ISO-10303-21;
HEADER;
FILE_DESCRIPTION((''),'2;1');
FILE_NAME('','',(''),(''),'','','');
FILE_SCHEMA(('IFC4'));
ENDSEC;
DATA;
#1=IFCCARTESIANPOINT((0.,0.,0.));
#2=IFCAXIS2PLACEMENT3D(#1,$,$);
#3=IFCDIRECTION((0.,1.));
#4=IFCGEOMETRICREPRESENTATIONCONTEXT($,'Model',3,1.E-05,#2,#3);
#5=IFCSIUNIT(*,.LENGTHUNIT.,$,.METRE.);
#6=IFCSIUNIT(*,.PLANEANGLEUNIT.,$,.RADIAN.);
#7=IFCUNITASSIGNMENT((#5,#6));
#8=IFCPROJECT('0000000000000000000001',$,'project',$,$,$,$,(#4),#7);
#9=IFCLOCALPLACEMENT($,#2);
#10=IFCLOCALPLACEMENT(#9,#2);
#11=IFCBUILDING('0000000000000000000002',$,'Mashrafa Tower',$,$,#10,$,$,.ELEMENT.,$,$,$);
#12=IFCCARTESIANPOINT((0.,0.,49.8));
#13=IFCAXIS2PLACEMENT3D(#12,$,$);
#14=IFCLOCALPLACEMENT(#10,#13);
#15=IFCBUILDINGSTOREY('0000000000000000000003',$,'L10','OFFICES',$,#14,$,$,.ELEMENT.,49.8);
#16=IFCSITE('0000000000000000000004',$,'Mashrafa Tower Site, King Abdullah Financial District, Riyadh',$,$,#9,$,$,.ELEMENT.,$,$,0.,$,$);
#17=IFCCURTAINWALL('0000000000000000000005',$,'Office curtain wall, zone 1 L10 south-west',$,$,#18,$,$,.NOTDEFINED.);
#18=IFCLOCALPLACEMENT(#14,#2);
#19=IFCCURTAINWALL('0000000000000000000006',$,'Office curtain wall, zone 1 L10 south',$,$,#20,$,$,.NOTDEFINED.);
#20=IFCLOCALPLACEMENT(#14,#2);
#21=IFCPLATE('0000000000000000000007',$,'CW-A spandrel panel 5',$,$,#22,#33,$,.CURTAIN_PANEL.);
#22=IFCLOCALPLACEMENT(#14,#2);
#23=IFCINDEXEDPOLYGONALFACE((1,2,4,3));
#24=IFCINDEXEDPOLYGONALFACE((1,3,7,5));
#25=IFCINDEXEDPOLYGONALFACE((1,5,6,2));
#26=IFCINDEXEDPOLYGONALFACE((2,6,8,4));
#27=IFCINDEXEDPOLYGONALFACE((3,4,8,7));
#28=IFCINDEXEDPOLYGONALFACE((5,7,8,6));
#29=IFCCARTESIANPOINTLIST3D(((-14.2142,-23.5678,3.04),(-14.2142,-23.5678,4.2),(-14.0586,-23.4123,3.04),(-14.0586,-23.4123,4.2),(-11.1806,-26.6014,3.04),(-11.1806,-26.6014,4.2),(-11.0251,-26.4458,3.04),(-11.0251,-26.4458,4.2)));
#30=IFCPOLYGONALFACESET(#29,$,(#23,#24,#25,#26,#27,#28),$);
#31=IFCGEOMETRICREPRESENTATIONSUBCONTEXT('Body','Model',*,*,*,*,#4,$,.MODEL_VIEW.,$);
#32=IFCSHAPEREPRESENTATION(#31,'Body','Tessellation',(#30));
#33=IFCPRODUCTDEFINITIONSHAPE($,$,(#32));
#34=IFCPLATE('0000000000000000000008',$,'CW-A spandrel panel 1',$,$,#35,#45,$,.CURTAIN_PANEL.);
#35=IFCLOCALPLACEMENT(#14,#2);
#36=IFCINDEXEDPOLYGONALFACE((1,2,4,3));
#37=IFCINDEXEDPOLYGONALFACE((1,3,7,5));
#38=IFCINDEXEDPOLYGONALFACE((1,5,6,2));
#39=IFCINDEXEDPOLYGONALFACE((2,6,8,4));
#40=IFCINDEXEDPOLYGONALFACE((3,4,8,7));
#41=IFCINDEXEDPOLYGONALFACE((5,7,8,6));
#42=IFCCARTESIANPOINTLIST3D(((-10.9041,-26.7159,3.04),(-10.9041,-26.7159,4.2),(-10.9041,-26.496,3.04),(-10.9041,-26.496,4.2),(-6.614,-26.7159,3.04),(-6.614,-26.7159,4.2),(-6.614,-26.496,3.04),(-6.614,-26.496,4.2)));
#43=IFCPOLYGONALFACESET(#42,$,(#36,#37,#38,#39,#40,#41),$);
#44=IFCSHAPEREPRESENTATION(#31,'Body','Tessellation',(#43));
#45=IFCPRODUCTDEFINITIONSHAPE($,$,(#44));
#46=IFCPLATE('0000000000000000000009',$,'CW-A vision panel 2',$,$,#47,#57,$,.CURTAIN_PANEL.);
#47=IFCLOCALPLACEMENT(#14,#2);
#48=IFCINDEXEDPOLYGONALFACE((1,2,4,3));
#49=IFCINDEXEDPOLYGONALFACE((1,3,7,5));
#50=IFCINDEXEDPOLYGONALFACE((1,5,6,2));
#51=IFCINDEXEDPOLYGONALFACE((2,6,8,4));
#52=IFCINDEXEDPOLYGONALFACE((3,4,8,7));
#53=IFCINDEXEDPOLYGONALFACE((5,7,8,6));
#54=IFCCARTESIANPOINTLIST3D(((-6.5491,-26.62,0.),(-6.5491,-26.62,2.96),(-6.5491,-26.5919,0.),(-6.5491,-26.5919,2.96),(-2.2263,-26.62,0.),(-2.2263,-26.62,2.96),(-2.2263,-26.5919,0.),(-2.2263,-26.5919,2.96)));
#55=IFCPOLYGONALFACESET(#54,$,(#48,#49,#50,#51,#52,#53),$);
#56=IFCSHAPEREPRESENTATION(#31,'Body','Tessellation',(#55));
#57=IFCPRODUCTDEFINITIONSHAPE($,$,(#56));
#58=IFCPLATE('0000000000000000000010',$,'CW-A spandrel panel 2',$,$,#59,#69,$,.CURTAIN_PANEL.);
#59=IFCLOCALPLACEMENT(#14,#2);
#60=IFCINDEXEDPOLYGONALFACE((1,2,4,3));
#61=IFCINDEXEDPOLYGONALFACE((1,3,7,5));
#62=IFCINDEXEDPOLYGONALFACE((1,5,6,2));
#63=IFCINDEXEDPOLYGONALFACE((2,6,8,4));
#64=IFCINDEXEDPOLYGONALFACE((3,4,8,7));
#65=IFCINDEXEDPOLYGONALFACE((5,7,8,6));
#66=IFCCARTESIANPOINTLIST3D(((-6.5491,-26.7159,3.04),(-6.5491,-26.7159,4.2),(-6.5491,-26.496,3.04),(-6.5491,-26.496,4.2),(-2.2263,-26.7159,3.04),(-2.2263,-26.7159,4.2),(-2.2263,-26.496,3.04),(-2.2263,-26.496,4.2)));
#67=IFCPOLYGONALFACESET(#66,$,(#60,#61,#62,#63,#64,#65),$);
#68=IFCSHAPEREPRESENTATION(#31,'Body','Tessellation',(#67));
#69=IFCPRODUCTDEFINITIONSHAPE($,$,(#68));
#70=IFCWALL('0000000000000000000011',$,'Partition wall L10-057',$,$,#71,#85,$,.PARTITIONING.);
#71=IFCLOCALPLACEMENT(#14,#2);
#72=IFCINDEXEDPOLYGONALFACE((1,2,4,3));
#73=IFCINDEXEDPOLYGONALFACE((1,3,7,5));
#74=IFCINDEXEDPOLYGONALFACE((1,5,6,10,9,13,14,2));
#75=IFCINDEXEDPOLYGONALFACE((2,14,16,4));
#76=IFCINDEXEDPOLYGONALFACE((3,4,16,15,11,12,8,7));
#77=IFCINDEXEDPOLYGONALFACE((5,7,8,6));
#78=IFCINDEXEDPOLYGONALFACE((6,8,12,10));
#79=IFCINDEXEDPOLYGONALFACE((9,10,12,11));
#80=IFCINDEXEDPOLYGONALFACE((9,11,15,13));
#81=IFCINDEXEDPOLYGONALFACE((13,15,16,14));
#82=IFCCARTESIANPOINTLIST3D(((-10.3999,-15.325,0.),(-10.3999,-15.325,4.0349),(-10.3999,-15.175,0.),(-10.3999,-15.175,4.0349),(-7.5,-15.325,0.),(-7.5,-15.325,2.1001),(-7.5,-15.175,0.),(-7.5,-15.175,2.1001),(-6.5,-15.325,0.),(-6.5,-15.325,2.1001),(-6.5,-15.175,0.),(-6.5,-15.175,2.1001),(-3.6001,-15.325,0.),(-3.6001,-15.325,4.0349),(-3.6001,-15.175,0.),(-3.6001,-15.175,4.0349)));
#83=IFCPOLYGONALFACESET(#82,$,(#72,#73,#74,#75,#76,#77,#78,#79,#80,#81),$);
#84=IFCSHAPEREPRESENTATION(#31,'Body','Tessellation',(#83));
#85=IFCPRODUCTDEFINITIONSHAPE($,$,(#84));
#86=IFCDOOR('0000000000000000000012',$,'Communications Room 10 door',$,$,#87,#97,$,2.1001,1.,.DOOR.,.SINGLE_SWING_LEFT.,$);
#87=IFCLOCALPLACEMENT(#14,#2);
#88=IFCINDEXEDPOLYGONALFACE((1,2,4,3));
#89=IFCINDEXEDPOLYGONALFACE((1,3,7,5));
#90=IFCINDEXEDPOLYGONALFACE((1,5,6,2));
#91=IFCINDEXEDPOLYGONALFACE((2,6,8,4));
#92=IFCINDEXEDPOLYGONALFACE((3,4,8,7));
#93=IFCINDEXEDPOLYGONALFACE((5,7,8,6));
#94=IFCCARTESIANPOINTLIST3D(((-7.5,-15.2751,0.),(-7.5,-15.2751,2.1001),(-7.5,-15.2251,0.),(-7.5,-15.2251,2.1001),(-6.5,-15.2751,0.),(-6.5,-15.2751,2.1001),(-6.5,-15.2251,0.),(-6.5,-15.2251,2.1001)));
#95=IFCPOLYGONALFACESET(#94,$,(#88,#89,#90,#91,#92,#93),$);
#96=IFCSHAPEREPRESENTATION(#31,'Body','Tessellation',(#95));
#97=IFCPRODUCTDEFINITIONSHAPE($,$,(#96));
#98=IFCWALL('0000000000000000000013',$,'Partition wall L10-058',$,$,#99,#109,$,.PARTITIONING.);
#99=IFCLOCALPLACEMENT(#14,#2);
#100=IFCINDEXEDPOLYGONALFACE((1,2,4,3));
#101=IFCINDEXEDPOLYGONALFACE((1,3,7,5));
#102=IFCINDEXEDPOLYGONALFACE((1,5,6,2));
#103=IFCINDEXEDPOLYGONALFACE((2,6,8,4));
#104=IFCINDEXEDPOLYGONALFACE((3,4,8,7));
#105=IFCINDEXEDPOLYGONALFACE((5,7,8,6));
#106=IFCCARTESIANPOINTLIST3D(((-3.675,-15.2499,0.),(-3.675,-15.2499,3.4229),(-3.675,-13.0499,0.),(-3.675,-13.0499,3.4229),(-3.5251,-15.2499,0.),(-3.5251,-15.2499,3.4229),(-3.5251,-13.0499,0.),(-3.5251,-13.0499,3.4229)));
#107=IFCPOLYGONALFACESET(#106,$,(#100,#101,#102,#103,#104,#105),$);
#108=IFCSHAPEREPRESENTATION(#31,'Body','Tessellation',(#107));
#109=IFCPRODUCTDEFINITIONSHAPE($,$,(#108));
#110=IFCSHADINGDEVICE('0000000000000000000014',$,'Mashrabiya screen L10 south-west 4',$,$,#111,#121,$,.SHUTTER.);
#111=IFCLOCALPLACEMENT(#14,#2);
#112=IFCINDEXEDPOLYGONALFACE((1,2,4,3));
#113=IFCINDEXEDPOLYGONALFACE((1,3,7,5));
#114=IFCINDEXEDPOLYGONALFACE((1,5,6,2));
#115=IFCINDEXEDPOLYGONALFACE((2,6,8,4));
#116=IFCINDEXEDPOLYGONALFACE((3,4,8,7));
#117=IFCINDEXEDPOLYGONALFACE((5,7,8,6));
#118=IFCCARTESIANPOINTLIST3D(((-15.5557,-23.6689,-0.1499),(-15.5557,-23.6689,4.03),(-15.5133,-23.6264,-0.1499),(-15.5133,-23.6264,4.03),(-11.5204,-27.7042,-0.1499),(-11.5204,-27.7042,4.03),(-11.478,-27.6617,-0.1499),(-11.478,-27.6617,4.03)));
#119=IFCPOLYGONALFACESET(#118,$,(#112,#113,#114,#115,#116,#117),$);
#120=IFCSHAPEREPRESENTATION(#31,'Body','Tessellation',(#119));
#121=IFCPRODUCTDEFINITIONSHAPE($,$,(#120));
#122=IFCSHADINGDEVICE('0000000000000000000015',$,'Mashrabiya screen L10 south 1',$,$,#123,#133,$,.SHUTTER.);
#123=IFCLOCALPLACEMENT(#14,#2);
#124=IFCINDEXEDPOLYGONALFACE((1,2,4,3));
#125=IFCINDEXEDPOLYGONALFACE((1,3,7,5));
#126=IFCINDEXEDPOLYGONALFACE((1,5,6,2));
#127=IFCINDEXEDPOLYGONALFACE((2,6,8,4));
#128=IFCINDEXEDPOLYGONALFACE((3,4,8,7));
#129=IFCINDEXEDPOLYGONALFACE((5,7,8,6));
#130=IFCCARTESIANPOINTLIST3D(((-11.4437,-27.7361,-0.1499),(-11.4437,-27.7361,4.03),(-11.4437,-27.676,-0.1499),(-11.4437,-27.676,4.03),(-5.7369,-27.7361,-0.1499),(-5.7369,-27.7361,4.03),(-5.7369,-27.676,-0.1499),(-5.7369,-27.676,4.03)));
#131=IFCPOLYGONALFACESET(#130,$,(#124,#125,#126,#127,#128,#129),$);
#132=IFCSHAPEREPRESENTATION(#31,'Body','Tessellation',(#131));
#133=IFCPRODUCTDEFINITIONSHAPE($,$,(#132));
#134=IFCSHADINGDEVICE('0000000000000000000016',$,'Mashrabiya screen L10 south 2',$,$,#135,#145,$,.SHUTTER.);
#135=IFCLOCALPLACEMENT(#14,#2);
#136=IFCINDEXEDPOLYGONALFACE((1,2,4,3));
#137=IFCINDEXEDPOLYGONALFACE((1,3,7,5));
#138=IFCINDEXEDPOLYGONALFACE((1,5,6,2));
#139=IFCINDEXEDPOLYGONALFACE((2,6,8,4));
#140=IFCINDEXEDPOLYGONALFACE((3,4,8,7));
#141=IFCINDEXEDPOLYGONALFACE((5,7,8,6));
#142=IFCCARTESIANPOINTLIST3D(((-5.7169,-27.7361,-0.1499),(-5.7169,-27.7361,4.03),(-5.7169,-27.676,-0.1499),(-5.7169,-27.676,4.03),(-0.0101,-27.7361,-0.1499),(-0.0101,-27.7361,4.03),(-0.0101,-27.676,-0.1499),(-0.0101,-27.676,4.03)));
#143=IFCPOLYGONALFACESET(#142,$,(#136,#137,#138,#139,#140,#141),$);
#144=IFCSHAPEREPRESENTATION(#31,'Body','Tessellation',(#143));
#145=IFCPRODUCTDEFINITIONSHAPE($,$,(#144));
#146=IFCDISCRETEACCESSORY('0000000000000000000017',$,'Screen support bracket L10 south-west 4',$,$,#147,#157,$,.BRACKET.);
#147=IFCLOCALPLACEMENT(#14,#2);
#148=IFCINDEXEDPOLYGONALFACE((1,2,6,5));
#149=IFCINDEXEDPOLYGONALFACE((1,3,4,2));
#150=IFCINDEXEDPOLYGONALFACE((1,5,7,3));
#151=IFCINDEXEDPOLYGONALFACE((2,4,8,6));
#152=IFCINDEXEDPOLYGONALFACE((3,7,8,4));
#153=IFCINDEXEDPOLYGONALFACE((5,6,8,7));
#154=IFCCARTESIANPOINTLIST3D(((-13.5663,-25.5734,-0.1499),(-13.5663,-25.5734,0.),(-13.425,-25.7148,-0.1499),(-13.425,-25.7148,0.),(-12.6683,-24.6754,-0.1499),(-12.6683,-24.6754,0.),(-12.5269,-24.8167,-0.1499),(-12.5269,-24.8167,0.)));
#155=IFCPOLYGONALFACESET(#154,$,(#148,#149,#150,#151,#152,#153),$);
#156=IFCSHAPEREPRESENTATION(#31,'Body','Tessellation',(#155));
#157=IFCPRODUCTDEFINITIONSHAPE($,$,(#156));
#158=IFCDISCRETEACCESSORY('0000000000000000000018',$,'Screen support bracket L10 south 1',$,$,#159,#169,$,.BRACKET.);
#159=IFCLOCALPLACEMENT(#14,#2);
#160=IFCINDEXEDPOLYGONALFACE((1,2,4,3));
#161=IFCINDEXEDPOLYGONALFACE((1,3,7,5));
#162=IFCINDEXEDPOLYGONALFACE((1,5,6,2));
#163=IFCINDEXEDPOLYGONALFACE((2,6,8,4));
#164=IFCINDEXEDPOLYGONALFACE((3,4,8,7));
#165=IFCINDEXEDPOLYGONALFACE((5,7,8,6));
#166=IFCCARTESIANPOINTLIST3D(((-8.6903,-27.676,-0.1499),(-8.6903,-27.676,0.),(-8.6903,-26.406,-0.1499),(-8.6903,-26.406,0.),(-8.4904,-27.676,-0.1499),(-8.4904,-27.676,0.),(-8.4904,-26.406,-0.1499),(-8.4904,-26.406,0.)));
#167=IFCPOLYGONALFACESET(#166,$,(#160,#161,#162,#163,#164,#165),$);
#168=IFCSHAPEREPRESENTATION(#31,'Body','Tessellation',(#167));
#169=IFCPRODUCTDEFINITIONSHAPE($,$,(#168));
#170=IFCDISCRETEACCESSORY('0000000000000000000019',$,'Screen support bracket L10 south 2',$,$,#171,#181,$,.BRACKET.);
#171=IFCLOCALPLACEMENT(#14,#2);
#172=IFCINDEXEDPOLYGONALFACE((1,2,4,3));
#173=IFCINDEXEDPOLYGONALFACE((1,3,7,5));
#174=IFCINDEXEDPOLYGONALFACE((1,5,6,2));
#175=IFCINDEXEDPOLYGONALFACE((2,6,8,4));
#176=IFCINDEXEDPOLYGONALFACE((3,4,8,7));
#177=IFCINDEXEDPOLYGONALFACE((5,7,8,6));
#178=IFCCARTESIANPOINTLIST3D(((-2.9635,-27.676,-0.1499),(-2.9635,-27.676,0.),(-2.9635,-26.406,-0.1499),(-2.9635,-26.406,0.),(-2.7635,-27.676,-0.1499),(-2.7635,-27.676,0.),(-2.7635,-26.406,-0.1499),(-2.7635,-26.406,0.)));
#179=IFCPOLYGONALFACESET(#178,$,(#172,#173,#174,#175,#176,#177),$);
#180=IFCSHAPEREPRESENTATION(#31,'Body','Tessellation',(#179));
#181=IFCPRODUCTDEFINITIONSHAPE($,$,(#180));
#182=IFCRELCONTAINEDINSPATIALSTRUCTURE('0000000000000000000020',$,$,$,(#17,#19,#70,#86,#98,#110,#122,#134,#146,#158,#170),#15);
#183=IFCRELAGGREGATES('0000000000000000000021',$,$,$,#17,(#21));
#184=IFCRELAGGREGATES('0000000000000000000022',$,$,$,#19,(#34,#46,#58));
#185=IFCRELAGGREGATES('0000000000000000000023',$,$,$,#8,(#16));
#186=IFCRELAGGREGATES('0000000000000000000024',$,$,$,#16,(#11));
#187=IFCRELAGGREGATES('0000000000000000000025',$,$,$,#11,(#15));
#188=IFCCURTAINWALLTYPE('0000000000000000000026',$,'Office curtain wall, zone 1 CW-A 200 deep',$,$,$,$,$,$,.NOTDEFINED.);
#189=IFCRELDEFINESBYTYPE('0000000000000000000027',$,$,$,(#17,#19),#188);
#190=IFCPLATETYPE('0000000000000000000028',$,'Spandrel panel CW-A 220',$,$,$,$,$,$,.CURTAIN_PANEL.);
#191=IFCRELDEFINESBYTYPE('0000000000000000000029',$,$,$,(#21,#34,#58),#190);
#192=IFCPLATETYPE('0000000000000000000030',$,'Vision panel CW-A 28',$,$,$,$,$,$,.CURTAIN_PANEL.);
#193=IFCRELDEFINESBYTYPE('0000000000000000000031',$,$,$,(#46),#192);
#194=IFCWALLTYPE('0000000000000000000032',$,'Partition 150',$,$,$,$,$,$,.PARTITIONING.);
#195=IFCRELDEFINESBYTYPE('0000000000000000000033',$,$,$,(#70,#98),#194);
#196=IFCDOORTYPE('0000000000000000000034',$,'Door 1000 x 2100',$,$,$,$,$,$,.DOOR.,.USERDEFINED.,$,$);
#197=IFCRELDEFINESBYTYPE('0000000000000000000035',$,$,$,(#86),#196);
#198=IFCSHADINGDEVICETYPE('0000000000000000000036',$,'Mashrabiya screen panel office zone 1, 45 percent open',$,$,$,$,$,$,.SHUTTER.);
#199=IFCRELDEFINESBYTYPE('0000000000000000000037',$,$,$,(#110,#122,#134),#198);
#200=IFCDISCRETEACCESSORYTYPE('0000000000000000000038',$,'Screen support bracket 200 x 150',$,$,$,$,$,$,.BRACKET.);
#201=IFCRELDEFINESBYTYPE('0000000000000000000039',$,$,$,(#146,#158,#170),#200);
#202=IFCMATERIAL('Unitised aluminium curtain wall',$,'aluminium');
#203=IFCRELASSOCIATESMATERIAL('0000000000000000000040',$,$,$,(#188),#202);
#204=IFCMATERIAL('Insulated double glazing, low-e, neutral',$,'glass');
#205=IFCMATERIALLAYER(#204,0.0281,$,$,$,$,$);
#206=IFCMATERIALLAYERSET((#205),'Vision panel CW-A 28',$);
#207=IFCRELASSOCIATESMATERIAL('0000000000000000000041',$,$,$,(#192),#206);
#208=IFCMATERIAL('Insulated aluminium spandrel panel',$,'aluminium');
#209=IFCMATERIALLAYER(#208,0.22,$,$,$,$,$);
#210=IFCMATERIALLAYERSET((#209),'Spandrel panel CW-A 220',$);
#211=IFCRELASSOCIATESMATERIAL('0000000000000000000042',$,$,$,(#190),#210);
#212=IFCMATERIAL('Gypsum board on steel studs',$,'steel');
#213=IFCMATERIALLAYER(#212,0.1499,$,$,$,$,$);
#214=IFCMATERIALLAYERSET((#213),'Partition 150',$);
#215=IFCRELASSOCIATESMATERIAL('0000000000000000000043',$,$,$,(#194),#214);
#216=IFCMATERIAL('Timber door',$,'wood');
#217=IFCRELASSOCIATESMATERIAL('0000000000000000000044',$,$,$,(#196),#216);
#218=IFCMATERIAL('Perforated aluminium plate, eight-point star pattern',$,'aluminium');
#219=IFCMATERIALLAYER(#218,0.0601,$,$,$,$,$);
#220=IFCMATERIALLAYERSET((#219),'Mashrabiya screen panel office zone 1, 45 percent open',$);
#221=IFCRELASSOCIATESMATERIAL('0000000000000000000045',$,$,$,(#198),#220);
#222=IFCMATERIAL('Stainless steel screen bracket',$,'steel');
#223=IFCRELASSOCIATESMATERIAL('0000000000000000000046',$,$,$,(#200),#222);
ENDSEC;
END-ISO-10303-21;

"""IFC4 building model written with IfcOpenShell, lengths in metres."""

from ifc_helpers import new_model, si_unit, direction, frame, frame_2d, origin, origin_2d, place, context, subcontext, project, spatial, rectangle, extrude, source, transform, mapped, material, layer, layer_set, type_object, type_shapes, element, fill, aggregate, save


model = new_model("IFC4")

# Units and contexts
model_context = context("Model", 3, precision=1e-05, world=origin(), true_north=direction((0.0, 1.0)))
body_context = subcontext(model_context, "Body", "Model", "MODEL_VIEW")
ifc_project = project(units=[si_unit("LENGTHUNIT", "METRE"), si_unit("PLANEANGLEUNIT", "RADIAN")], contexts=[model_context])

# Site, building, storey
site_placement = place(None, origin())
site = spatial("IfcSite", under=ifc_project, at=site_placement, Name="Mashrafa Tower Site, King Abdullah Financial District, Riyadh", CompositionType="ELEMENT", RefElevation=0.0)
building_placement = place(site_placement, origin())
building = spatial("IfcBuilding", under=site, at=building_placement, Name="Mashrafa Tower", CompositionType="ELEMENT")
storey_placement = place(building_placement, frame((0.0, 0.0, 49.8)))
storey = spatial("IfcBuildingStorey", under=building, at=storey_placement, Name="L10", Description="OFFICES", CompositionType="ELEMENT", Elevation=49.8)

# Curtain wall
ifc_material_1 = material(Name="Unitised aluminium curtain wall", Category="aluminium")
curtain_wall_type = type_object("IfcCurtainWallType", Name="Office curtain wall, zone 1 CW-A 200 deep", PredefinedType="NOTDEFINED", material=ifc_material_1)
curtain_wall_1_placement = place(storey_placement, origin())
curtain_wall_1 = element("IfcCurtainWall", 1, at=curtain_wall_1_placement, inside=storey, type_object=curtain_wall_type, Name="Office curtain wall, zone 1 L10 south-west", PredefinedType="NOTDEFINED")

# Curtain wall
curtain_wall_2_placement = place(storey_placement, origin())
curtain_wall_2 = element("IfcCurtainWall", 2, at=curtain_wall_2_placement, inside=storey, type_object=curtain_wall_type, Name="Office curtain wall, zone 1 L10 south", PredefinedType="NOTDEFINED")

# Plates
ifc_material_2 = material(Name="Insulated double glazing, low-e, neutral", Category="glass")
ifc_layer_1 = layer(ifc_material_2, 0.0281)
ifc_layer_set_1 = layer_set([ifc_layer_1], Name="Vision panel CW-A 28")
plate_type_1 = type_object("IfcPlateType", Name="Vision panel CW-A 28", PredefinedType="CURTAIN_PANEL", material=ifc_layer_set_1)
ifc_material_3 = material(Name="Insulated aluminium spandrel panel", Category="aluminium")
ifc_layer_2 = layer(ifc_material_3, 0.22)
ifc_layer_set_2 = layer_set([ifc_layer_2], Name="Spandrel panel CW-A 220")
plate_type_2 = type_object("IfcPlateType", Name="Spandrel panel CW-A 220", PredefinedType="CURTAIN_PANEL", material=ifc_layer_set_2)
shared_shape_1 = source(origin(), body_context, "Body", "SweptSolid", [
    extrude(rectangle(XDim=4.29, YDim=0.22, at=origin_2d()), origin(), (0.0, 0.0, 1.0), 1.1599),
])
plate_1_placement = place(storey_placement, frame((-12.6196, -25.0068, 3.04), z_axis=(0.0, 0.0, 1.0), x_axis=(0.707107, -0.707107, 0.0)))
plate_1 = element("IfcPlate", 3, at=plate_1_placement, type_object=plate_type_2, Name="CW-A spandrel panel 5", PredefinedType="CURTAIN_PANEL", context=body_context, shape_type="MappedRepresentation", body=[
    mapped(shared_shape_1, transform((0.0, 0.0, 0.0))),
])
aggregate(curtain_wall_1, [plate_1])
plate_2_placement = place(storey_placement, frame((-8.759, -26.606, 3.04), z_axis=(0.0, 0.0, 1.0), x_axis=(1.0, 0.0, 0.0)))
plate_2 = element("IfcPlate", 4, at=plate_2_placement, type_object=plate_type_2, Name="CW-A spandrel panel 1", PredefinedType="CURTAIN_PANEL", context=body_context, shape_type="MappedRepresentation", body=[
    mapped(shared_shape_1, transform((0.0, 0.0, 0.0))),
])
shared_shape_2 = source(origin(), body_context, "Body", "SweptSolid", [
    extrude(rectangle(XDim=4.3228, YDim=0.0281, at=origin_2d()), origin(), (0.0, 0.0, 1.0), 2.96),
])
plate_3_placement = place(storey_placement, frame((-4.3877, -26.606, 0.0), z_axis=(0.0, 0.0, 1.0), x_axis=(1.0, 0.0, 0.0)))
plate_3 = element("IfcPlate", 5, at=plate_3_placement, type_object=plate_type_1, Name="CW-A vision panel 2", PredefinedType="CURTAIN_PANEL", context=body_context, shape_type="MappedRepresentation", body=[
    mapped(shared_shape_2, transform((0.0, 0.0, 0.0))),
])
shared_shape_3 = source(origin(), body_context, "Body", "SweptSolid", [
    extrude(rectangle(XDim=4.3228, YDim=0.22, at=origin_2d()), origin(), (0.0, 0.0, 1.0), 1.1599),
])
type_shapes(plate_type_2, [shared_shape_1, shared_shape_3])
plate_4_placement = place(storey_placement, frame((-4.3877, -26.606, 3.04), z_axis=(0.0, 0.0, 1.0), x_axis=(1.0, 0.0, 0.0)))
plate_4 = element("IfcPlate", 6, at=plate_4_placement, type_object=plate_type_2, Name="CW-A spandrel panel 2", PredefinedType="CURTAIN_PANEL", context=body_context, shape_type="MappedRepresentation", body=[
    mapped(shared_shape_3, transform((0.0, 0.0, 0.0))),
])
aggregate(curtain_wall_2, [plate_2, plate_3, plate_4])

# Wall, opening, door
ifc_material_4 = material(Name="Gypsum board on steel studs", Category="steel")
ifc_layer_3 = layer(ifc_material_4, 0.1499)
ifc_layer_set_3 = layer_set([ifc_layer_3], Name="Partition 150")
wall_type = type_object("IfcWallType", Name="Partition 150", PredefinedType="PARTITIONING", material=ifc_layer_set_3)
wall_1_placement = place(storey_placement, frame((-10.3999, -15.25, 0.0), z_axis=(0.0, 0.0, 1.0), x_axis=(1.0, 0.0, 0.0)))
wall_1 = element("IfcWall", 7, at=wall_1_placement, inside=storey, type_object=wall_type, Name="Partition wall L10-057", PredefinedType="PARTITIONING", context=body_context, shape_type="SweptSolid", body=[
    extrude(rectangle(XDim=6.7998, YDim=0.1499, at=frame_2d((3.3999, 0.0))), origin(), (0.0, 0.0, 1.0), 4.0349),
])
opening_placement = place(wall_1_placement, frame((2.8999, 0.0, 0.0)))
opening = element("IfcOpeningElement", 8, at=opening_placement, cuts=wall_1, PredefinedType="OPENING", context=body_context, shape_type="SweptSolid", body=[
    extrude(rectangle(XDim=1.0, YDim=2.1001, at=frame_2d((0.5, 1.05))), frame((0.0, 0.085, 0.0), z_axis=(0.0, -1.0, 0.0), x_axis=(1.0, 0.0, 0.0)), (0.0, 0.0, 1.0), 0.1699),
])
ifc_material_5 = material(Name="Timber door", Category="wood")
door_type = type_object("IfcDoorType", Name="Door 1000 x 2100", OperationType="USERDEFINED", PredefinedType="DOOR", material=ifc_material_5)
door_placement = place(opening_placement, origin())
door = element("IfcDoor", 9, at=door_placement, inside=storey, type_object=door_type, Name="Communications Room 10 door", OperationType="SINGLE_SWING_LEFT", OverallHeight=2.1001, OverallWidth=1.0, PredefinedType="DOOR", context=body_context, shape_type="SweptSolid", body=[
    extrude(rectangle(XDim=1.0, YDim=2.1001, at=frame_2d((0.5, 1.05))), frame((0.0, 0.0249, 0.0), z_axis=(0.0, -1.0, 0.0), x_axis=(1.0, 0.0, 0.0)), (0.0, 0.0, 1.0), 0.05),
])
fill(opening, door)

# Wall
wall_2_placement = place(storey_placement, frame((-3.6001, -15.25, 0.0), z_axis=(0.0, 0.0, 1.0), x_axis=(0.0, 1.0, 0.0)))
element("IfcWall", 10, at=wall_2_placement, inside=storey, type_object=wall_type, Name="Partition wall L10-058", PredefinedType="PARTITIONING", context=body_context, shape_type="SweptSolid", body=[
    extrude(rectangle(XDim=2.2, YDim=0.1499, at=frame_2d((1.1001, 0.0))), origin(), (0.0, 0.0, 1.0), 3.4229),
])

# Shading devices
ifc_material_6 = material(Name="Perforated aluminium plate, eight-point star pattern", Category="aluminium")
ifc_layer_4 = layer(ifc_material_6, 0.0601)
ifc_layer_set_4 = layer_set([ifc_layer_4], Name="Mashrabiya screen panel office zone 1, 45 percent open")
shading_device_type = type_object("IfcShadingDeviceType", Name="Mashrabiya screen panel office zone 1, 45 percent open", PredefinedType="SHUTTER", material=ifc_layer_set_4)
shared_shape_4 = source(origin(), body_context, "Body", "SweptSolid", [
    extrude(rectangle(XDim=5.7068, YDim=0.0601, at=origin_2d()), origin(), (0.0, 0.0, 1.0), 4.1799),
])
type_shapes(shading_device_type, [shared_shape_4])
for number, where, z_axis, x_axis, name in (
    (11, (-13.5168, -25.6653, -0.1499), (0.0, 0.0, 1.0), (0.707107, -0.707107, 0.0), "Mashrabiya screen L10 south-west 4"),
    (12, (-8.5903, -27.7061, -0.1499), (0.0, 0.0, 1.0), (1.0, 0.0, 0.0), "Mashrabiya screen L10 south 1"),
    (13, (-2.8635, -27.7061, -0.1499), (0.0, 0.0, 1.0), (1.0, 0.0, 0.0), "Mashrabiya screen L10 south 2"),
):
    element("IfcShadingDevice", number, at=place(storey_placement, frame(where, z_axis=z_axis, x_axis=x_axis)), inside=storey, type_object=shading_device_type, Name=name, PredefinedType="SHUTTER", context=body_context, shape_type="MappedRepresentation", body=[
        mapped(shared_shape_4, transform((0.0, 0.0, 0.0))),
    ])

# Discrete accessories
ifc_material_7 = material(Name="Stainless steel screen bracket", Category="steel")
discrete_accessory_type = type_object("IfcDiscreteAccessoryType", Name="Screen support bracket 200 x 150", PredefinedType="BRACKET", material=ifc_material_7)
shared_shape_5 = source(origin(), body_context, "Body", "SweptSolid", [
    extrude(rectangle(XDim=0.2, YDim=1.27, at=origin_2d()), origin(), (0.0, 0.0, 1.0), 0.1499),
])
type_shapes(discrete_accessory_type, [shared_shape_5])
for number, where, z_axis, x_axis, name in (
    (14, (-13.0466, -25.1951, -0.1499), (0.0, 0.0, 1.0), (0.707107, -0.707107, 0.0), "Screen support bracket L10 south-west 4"),
    (15, (-8.5903, -27.041, -0.1499), (0.0, 0.0, 1.0), (1.0, 0.0, 0.0), "Screen support bracket L10 south 1"),
    (16, (-2.8635, -27.041, -0.1499), (0.0, 0.0, 1.0), (1.0, 0.0, 0.0), "Screen support bracket L10 south 2"),
):
    element("IfcDiscreteAccessory", number, at=place(storey_placement, frame(where, z_axis=z_axis, x_axis=x_axis)), inside=storey, type_object=discrete_accessory_type, Name=name, PredefinedType="BRACKET", context=body_context, shape_type="MappedRepresentation", body=[
        mapped(shared_shape_5, transform((0.0, 0.0, 0.0))),
    ])

save(model, "model.ifc")
